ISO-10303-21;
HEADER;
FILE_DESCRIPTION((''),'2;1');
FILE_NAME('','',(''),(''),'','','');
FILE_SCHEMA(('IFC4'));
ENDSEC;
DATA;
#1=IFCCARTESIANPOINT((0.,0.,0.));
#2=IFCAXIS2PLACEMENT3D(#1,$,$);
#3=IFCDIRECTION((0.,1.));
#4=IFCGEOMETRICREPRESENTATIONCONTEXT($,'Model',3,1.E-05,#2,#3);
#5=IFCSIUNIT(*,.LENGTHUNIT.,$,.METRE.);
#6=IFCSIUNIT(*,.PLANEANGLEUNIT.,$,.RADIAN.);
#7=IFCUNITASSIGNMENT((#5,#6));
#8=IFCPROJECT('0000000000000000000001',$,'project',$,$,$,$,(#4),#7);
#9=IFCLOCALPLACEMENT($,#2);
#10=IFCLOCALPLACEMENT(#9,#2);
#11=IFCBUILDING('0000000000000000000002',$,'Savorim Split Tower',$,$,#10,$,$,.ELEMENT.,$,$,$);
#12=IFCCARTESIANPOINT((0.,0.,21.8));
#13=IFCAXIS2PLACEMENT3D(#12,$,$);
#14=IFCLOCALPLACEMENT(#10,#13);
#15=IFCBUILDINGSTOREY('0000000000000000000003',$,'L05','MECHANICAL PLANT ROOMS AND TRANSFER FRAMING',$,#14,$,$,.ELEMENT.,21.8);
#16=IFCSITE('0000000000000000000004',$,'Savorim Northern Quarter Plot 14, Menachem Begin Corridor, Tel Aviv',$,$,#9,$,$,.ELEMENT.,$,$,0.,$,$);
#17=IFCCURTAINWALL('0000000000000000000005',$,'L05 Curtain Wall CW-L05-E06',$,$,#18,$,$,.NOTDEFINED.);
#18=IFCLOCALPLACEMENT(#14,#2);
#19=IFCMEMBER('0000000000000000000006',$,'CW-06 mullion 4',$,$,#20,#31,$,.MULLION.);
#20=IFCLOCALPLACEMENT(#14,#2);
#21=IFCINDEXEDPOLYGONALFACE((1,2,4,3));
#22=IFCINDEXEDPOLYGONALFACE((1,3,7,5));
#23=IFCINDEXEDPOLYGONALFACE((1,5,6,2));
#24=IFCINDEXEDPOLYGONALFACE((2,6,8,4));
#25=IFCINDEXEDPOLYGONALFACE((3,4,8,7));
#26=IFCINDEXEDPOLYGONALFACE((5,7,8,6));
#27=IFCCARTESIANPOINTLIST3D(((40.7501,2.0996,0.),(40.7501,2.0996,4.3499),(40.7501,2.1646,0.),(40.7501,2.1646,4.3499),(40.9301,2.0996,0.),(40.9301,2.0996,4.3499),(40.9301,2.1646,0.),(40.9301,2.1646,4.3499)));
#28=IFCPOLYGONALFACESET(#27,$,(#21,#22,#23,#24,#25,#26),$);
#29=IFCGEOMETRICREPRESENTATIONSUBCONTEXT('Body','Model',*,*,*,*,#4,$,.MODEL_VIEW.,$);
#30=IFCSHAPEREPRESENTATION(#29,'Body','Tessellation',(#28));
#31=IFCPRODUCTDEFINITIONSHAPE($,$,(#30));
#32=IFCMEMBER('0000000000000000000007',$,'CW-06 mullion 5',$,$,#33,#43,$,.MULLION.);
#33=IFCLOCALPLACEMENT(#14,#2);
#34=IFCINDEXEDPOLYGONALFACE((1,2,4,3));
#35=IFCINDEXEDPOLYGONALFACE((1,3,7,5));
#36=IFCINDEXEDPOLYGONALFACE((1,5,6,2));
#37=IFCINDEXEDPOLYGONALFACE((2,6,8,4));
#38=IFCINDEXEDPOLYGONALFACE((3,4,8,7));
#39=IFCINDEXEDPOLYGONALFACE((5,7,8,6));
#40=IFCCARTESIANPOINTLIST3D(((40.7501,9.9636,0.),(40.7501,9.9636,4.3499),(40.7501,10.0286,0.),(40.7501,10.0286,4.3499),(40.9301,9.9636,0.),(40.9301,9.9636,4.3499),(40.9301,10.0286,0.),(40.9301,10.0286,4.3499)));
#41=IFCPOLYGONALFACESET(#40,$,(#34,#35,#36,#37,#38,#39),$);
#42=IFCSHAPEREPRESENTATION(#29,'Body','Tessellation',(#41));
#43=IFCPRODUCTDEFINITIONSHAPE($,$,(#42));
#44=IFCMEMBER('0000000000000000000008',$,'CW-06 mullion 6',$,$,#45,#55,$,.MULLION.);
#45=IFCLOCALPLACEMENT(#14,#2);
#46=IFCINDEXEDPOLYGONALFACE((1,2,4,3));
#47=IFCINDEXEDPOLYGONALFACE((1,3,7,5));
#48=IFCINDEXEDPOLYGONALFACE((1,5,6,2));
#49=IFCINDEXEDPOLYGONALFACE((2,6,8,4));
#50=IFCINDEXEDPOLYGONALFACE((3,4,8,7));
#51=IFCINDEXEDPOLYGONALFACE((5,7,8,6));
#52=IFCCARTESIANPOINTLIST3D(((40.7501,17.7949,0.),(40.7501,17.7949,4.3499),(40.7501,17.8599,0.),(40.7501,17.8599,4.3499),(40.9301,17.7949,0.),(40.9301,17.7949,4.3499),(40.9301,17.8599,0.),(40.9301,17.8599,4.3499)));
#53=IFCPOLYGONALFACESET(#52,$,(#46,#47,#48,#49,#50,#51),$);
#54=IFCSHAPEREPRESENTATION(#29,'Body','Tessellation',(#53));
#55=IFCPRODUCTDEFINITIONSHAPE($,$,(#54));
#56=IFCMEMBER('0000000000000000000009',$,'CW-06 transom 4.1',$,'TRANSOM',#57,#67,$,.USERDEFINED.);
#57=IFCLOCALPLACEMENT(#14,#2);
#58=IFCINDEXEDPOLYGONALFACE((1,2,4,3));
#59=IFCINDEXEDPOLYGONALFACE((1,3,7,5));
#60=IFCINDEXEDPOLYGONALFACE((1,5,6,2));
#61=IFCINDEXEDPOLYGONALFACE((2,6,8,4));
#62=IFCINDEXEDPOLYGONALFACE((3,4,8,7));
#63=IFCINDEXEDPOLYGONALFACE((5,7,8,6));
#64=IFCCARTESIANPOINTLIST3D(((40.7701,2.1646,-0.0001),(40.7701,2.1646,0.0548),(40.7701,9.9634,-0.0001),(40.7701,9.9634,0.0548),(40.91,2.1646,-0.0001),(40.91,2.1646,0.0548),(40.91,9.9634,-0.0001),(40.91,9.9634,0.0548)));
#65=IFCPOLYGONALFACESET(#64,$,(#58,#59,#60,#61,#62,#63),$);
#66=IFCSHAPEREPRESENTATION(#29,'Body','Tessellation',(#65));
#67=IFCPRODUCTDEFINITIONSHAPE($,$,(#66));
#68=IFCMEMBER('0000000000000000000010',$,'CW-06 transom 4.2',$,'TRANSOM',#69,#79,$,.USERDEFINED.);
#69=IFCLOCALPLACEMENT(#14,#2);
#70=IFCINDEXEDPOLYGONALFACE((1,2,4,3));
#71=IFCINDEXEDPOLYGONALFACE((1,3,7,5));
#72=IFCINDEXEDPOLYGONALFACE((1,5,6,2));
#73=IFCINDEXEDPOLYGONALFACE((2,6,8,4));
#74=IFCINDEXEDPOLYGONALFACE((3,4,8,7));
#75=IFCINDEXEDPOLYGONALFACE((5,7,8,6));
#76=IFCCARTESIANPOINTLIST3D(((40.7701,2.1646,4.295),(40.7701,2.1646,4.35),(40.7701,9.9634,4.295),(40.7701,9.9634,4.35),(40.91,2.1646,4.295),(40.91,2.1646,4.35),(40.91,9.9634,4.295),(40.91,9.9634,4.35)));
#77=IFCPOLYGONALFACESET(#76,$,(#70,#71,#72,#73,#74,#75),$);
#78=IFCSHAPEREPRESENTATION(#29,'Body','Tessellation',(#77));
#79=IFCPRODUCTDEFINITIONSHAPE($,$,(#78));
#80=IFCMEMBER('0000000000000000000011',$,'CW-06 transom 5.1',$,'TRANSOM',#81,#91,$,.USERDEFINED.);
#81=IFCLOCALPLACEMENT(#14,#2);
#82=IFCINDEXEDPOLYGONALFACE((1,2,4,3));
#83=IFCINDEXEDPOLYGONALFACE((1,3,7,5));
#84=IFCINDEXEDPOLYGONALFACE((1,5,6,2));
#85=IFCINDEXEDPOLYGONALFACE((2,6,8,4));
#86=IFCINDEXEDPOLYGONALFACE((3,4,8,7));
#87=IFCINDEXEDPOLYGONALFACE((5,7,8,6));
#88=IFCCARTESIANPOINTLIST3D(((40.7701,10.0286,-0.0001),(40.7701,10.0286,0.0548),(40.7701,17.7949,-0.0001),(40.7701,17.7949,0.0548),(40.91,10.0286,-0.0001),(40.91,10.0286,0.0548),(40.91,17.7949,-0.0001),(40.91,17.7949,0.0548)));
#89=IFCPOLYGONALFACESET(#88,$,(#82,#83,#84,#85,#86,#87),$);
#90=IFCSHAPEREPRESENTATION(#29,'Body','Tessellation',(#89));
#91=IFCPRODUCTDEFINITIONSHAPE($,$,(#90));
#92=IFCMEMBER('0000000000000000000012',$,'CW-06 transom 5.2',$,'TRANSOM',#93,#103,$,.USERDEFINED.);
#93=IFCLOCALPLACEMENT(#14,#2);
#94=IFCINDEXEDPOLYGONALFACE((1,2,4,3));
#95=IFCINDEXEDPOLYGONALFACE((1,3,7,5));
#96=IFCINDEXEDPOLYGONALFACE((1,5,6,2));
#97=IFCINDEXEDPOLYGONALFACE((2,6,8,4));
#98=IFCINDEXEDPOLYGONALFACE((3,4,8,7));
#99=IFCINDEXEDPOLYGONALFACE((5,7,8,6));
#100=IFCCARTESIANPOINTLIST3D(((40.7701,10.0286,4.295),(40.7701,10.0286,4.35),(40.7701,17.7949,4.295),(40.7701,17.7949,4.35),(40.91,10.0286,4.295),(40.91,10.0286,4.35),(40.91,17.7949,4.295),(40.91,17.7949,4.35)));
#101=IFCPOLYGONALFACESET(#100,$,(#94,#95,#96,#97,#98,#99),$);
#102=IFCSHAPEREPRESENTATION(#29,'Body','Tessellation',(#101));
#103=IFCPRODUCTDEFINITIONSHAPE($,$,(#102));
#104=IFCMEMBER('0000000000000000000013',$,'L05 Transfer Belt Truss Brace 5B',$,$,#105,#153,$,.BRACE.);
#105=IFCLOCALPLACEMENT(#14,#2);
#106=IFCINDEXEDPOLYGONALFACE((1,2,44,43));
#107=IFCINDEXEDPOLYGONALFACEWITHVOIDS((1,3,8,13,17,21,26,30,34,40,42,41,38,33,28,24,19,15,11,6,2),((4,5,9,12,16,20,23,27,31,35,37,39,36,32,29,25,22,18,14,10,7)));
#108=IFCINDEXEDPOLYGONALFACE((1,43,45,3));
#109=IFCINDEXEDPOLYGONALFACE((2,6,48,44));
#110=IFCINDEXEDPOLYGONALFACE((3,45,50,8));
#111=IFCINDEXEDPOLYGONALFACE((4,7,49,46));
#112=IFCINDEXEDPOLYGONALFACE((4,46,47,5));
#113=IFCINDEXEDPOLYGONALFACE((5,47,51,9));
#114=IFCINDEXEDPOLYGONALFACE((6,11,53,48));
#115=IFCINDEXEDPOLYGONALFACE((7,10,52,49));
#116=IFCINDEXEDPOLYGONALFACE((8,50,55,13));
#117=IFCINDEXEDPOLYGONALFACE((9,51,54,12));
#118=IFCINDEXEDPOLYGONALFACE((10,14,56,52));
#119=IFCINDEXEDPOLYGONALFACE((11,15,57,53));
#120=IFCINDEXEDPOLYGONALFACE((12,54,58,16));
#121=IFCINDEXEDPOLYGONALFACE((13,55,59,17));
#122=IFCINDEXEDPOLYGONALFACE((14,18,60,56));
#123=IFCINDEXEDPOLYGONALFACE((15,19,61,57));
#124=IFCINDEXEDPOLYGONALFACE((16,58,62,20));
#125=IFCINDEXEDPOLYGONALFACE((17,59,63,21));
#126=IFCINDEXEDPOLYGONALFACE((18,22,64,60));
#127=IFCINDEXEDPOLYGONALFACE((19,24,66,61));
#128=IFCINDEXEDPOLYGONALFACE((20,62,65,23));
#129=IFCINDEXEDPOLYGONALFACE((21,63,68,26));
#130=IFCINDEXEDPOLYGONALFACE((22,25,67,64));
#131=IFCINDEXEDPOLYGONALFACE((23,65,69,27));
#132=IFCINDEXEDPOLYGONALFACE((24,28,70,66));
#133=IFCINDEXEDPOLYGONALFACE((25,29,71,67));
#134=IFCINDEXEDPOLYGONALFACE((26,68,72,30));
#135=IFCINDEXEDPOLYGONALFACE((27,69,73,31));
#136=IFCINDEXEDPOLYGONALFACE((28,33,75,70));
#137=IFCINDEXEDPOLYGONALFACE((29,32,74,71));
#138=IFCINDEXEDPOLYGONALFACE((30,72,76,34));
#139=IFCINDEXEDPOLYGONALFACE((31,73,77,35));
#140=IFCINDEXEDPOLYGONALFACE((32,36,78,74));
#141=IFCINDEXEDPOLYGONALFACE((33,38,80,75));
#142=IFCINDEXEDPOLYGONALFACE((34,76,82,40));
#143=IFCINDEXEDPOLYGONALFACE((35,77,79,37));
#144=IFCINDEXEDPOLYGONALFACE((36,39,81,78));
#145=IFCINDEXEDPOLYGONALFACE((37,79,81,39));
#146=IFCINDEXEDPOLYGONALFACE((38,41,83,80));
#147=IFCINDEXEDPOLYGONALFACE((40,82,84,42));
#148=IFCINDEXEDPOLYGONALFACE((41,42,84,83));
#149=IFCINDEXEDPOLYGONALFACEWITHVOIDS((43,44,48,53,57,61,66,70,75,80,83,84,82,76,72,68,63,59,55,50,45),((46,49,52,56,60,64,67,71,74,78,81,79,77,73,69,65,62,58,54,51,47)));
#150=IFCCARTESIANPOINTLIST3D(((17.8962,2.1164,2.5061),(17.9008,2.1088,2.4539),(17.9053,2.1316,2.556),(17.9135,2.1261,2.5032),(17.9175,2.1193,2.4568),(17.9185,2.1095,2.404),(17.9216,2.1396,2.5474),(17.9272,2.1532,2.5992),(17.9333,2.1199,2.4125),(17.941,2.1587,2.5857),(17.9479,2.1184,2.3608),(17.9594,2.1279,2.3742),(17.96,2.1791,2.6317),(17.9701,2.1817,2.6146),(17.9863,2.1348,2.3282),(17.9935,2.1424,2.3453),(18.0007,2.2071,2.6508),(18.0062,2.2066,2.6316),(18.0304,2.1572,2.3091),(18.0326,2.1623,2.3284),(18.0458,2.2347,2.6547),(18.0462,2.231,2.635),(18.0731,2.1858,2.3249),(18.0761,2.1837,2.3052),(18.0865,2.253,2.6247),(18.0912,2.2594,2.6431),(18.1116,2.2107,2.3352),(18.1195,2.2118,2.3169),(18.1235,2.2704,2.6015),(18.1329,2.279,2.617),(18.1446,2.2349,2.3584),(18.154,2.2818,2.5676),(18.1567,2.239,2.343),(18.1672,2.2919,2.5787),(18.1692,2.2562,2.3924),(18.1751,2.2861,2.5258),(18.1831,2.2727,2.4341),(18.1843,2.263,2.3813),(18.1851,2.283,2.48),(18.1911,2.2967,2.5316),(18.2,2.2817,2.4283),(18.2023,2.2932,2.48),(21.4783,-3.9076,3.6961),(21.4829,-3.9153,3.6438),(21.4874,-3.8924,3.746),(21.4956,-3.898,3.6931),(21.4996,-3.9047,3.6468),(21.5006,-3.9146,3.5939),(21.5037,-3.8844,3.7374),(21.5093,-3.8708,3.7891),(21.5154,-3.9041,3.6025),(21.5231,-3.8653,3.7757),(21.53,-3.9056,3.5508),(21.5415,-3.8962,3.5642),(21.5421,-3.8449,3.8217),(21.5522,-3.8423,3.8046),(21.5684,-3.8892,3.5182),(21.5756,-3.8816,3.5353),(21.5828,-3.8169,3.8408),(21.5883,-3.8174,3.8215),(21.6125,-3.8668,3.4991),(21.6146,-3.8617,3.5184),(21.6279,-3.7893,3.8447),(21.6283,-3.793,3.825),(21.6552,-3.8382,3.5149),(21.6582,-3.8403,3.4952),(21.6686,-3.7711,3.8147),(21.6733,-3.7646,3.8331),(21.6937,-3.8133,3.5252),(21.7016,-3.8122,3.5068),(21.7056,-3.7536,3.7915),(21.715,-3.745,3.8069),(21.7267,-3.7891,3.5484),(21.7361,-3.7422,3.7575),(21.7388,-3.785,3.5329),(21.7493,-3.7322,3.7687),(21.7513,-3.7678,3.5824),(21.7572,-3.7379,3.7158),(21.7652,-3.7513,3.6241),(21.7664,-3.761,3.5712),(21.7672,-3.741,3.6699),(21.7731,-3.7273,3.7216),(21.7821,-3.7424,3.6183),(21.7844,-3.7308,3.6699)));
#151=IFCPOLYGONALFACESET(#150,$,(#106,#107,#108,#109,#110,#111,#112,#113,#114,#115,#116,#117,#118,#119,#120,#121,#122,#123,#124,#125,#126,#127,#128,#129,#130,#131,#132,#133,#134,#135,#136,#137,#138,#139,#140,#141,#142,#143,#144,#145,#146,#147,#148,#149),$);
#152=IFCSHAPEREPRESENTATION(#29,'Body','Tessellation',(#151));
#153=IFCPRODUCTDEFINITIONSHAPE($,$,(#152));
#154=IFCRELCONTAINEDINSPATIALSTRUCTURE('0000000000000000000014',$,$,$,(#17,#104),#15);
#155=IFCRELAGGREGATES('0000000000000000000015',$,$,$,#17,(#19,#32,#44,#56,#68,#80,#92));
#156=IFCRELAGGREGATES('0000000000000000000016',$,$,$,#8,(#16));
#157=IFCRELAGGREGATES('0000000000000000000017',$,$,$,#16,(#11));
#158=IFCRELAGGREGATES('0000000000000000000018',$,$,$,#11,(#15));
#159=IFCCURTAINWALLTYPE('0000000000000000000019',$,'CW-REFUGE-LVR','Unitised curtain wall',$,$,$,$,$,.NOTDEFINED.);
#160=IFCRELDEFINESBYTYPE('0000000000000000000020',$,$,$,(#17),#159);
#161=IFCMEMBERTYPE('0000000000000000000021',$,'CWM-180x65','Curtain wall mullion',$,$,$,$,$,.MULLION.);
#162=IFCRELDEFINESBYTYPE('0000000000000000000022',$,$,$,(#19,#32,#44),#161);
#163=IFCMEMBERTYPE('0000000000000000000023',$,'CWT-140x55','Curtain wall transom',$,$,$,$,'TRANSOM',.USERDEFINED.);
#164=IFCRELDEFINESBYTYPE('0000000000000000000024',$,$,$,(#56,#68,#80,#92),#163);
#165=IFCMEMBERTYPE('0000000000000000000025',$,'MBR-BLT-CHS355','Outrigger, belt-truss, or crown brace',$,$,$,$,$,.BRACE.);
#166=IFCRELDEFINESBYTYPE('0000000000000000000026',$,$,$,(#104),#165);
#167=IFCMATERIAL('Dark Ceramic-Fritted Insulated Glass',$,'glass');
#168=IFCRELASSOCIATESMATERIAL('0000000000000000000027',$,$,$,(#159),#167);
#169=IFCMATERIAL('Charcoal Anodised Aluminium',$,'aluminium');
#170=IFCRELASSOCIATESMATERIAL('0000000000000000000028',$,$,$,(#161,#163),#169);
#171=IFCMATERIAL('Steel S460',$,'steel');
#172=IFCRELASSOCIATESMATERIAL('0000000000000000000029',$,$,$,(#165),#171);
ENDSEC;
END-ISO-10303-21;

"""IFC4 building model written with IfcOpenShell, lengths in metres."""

from ifc_helpers import new_model, si_unit, direction, frame, origin, origin_2d, place, context, subcontext, project, spatial, rectangle, hollow_circle, extrude, material, material_profile, profile_set, type_object, element, aggregate, save


model = new_model("IFC4")

# Units and contexts
model_context = context("Model", 3, precision=1e-05, world=origin(), true_north=direction((0.0, 1.0)))
body_context = subcontext(model_context, "Body", "Model", "MODEL_VIEW")
ifc_project = project(units=[si_unit("LENGTHUNIT", "METRE"), si_unit("PLANEANGLEUNIT", "RADIAN")], contexts=[model_context])

# Site, building, storey
site_placement = place(None, origin())
site = spatial("IfcSite", under=ifc_project, at=site_placement, Name="Savorim Northern Quarter Plot 14, Menachem Begin Corridor, Tel Aviv", CompositionType="ELEMENT", RefElevation=0.0)
building_placement = place(site_placement, origin())
building = spatial("IfcBuilding", under=site, at=building_placement, Name="Savorim Split Tower", CompositionType="ELEMENT")
storey_placement = place(building_placement, frame((0.0, 0.0, 21.8)))
storey = spatial("IfcBuildingStorey", under=building, at=storey_placement, Name="L05", Description="MECHANICAL PLANT ROOMS AND TRANSFER FRAMING", CompositionType="ELEMENT", Elevation=21.8)

# Shared definitions
ifc_material_1 = material(Name="Steel S460", Category="steel")

# Curtain wall, members
ifc_material_2 = material(Name="Dark Ceramic-Fritted Insulated Glass", Category="glass")
curtain_wall_type = type_object("IfcCurtainWallType", Name="CW-REFUGE-LVR", Description="Unitised curtain wall", PredefinedType="NOTDEFINED", material=ifc_material_2)
curtain_wall_placement = place(storey_placement, origin())
curtain_wall = element("IfcCurtainWall", 1, at=curtain_wall_placement, inside=storey, type_object=curtain_wall_type, Name="L05 Curtain Wall CW-L05-E06", PredefinedType="NOTDEFINED")
ifc_material_3 = material(Name="Charcoal Anodised Aluminium", Category="aluminium")
ifc_material_profile_1 = material_profile(ifc_material_3, rectangle(XDim=0.1799, YDim=0.0649, at=origin_2d()), Name="ALU-M 180x65")
ifc_profile_set_1 = profile_set([ifc_material_profile_1], Name="Charcoal Anodised Aluminium")
member_type_1 = type_object("IfcMemberType", Name="CWM-180x65", Description="Curtain wall mullion", PredefinedType="MULLION", material=ifc_profile_set_1)
member_1_placement = place(storey_placement, frame((40.8401, 2.1321, 0.0), z_axis=(0.0, 0.0, 1.0), x_axis=(-1.0, 0.0, 0.0)))
member_1 = element("IfcMember", 2, at=member_1_placement, type_object=member_type_1, Name="CW-06 mullion 4", PredefinedType="MULLION", context=body_context, shape_type="SweptSolid", body=[
    extrude(rectangle(XDim=0.1799, YDim=0.0649, at=origin_2d()), origin(), (0.0, 0.0, 1.0), 4.3499),
])
member_2_placement = place(storey_placement, frame((40.8401, 9.9961, 0.0), z_axis=(0.0, 0.0, 1.0), x_axis=(-1.0, 0.0, 0.0)))
member_2 = element("IfcMember", 3, at=member_2_placement, type_object=member_type_1, Name="CW-06 mullion 5", PredefinedType="MULLION", context=body_context, shape_type="SweptSolid", body=[
    extrude(rectangle(XDim=0.1799, YDim=0.0649, at=origin_2d()), origin(), (0.0, 0.0, 1.0), 4.3499),
])
member_3_placement = place(storey_placement, frame((40.8401, 17.8274, 0.0), z_axis=(0.0, 0.0, 1.0), x_axis=(-1.0, 0.0, 0.0)))
member_3 = element("IfcMember", 4, at=member_3_placement, type_object=member_type_1, Name="CW-06 mullion 6", PredefinedType="MULLION", context=body_context, shape_type="SweptSolid", body=[
    extrude(rectangle(XDim=0.1799, YDim=0.0649, at=origin_2d()), origin(), (0.0, 0.0, 1.0), 4.3499),
])
ifc_material_profile_2 = material_profile(ifc_material_3, rectangle(XDim=0.1399, YDim=0.0549, at=origin_2d()), Name="ALU-T 140x55")
ifc_profile_set_2 = profile_set([ifc_material_profile_2], Name="Charcoal Anodised Aluminium")
member_type_2 = type_object("IfcMemberType", Name="CWT-140x55", Description="Curtain wall transom", ElementType="TRANSOM", PredefinedType="USERDEFINED", material=ifc_profile_set_2)
member_4_placement = place(storey_placement, frame((40.8401, 2.1646, 0.0273), z_axis=(0.0, 1.0, 0.0), x_axis=(-1.0, 0.0, 0.0)))
member_4 = element("IfcMember", 5, at=member_4_placement, type_object=member_type_2, Name="CW-06 transom 4.1", ObjectType="TRANSOM", PredefinedType="USERDEFINED", context=body_context, shape_type="SweptSolid", body=[
    extrude(rectangle(XDim=0.1399, YDim=0.0549, at=origin_2d()), origin(), (0.0, 0.0, 1.0), 7.7988),
])
member_5_placement = place(storey_placement, frame((40.8401, 2.1646, 4.3225), z_axis=(0.0, 1.0, 0.0), x_axis=(-1.0, 0.0, 0.0)))
member_5 = element("IfcMember", 6, at=member_5_placement, type_object=member_type_2, Name="CW-06 transom 4.2", ObjectType="TRANSOM", PredefinedType="USERDEFINED", context=body_context, shape_type="SweptSolid", body=[
    extrude(rectangle(XDim=0.1399, YDim=0.0549, at=origin_2d()), origin(), (0.0, 0.0, 1.0), 7.7988),
])
member_6_placement = place(storey_placement, frame((40.8401, 10.0286, 0.0273), z_axis=(0.0, 1.0, 0.0), x_axis=(-1.0, 0.0, 0.0)))
member_6 = element("IfcMember", 7, at=member_6_placement, type_object=member_type_2, Name="CW-06 transom 5.1", ObjectType="TRANSOM", PredefinedType="USERDEFINED", context=body_context, shape_type="SweptSolid", body=[
    extrude(rectangle(XDim=0.1399, YDim=0.0549, at=origin_2d()), origin(), (0.0, 0.0, 1.0), 7.7664),
])
member_7_placement = place(storey_placement, frame((40.8401, 10.0286, 4.3225), z_axis=(0.0, 1.0, 0.0), x_axis=(-1.0, 0.0, 0.0)))
member_7 = element("IfcMember", 8, at=member_7_placement, type_object=member_type_2, Name="CW-06 transom 5.2", ObjectType="TRANSOM", PredefinedType="USERDEFINED", context=body_context, shape_type="SweptSolid", body=[
    extrude(rectangle(XDim=0.1399, YDim=0.0549, at=origin_2d()), origin(), (0.0, 0.0, 1.0), 7.7664),
])

# Member
ifc_material_profile_3 = material_profile(ifc_material_1, hollow_circle(Radius=0.1777, WallThickness=0.02, at=origin_2d()), Name="CHS 355.6x20")
ifc_profile_set_3 = profile_set([ifc_material_profile_3], Name="Steel S460")
member_type_3 = type_object("IfcMemberType", Name="MBR-BLT-CHS355", Description="Outrigger, belt-truss, or crown brace", PredefinedType="BRACE", material=ifc_profile_set_3)
for number, where, z_axis, x_axis, name in (
    (9, (18.0496, 2.2024, 2.48), (0.503889, -0.847394, 0.167391), (0.859521, 0.5111, 0.0), "L05 Transfer Belt Truss Brace 5B"),
):
    element("IfcMember", number, at=place(storey_placement, frame(where, z_axis=z_axis, x_axis=x_axis)), inside=storey, type_object=member_type_3, Name=name, PredefinedType="BRACE", context=body_context, shape_type="SweptSolid", body=[
        extrude(hollow_circle(Radius=0.1777, WallThickness=0.02, at=origin_2d()), origin(), (0.0, 0.0, 1.0), 7.1089),
    ])

aggregate(curtain_wall, [member_1, member_2, member_3, member_4, member_5, member_6, member_7])

save(model, "model.ifc")
